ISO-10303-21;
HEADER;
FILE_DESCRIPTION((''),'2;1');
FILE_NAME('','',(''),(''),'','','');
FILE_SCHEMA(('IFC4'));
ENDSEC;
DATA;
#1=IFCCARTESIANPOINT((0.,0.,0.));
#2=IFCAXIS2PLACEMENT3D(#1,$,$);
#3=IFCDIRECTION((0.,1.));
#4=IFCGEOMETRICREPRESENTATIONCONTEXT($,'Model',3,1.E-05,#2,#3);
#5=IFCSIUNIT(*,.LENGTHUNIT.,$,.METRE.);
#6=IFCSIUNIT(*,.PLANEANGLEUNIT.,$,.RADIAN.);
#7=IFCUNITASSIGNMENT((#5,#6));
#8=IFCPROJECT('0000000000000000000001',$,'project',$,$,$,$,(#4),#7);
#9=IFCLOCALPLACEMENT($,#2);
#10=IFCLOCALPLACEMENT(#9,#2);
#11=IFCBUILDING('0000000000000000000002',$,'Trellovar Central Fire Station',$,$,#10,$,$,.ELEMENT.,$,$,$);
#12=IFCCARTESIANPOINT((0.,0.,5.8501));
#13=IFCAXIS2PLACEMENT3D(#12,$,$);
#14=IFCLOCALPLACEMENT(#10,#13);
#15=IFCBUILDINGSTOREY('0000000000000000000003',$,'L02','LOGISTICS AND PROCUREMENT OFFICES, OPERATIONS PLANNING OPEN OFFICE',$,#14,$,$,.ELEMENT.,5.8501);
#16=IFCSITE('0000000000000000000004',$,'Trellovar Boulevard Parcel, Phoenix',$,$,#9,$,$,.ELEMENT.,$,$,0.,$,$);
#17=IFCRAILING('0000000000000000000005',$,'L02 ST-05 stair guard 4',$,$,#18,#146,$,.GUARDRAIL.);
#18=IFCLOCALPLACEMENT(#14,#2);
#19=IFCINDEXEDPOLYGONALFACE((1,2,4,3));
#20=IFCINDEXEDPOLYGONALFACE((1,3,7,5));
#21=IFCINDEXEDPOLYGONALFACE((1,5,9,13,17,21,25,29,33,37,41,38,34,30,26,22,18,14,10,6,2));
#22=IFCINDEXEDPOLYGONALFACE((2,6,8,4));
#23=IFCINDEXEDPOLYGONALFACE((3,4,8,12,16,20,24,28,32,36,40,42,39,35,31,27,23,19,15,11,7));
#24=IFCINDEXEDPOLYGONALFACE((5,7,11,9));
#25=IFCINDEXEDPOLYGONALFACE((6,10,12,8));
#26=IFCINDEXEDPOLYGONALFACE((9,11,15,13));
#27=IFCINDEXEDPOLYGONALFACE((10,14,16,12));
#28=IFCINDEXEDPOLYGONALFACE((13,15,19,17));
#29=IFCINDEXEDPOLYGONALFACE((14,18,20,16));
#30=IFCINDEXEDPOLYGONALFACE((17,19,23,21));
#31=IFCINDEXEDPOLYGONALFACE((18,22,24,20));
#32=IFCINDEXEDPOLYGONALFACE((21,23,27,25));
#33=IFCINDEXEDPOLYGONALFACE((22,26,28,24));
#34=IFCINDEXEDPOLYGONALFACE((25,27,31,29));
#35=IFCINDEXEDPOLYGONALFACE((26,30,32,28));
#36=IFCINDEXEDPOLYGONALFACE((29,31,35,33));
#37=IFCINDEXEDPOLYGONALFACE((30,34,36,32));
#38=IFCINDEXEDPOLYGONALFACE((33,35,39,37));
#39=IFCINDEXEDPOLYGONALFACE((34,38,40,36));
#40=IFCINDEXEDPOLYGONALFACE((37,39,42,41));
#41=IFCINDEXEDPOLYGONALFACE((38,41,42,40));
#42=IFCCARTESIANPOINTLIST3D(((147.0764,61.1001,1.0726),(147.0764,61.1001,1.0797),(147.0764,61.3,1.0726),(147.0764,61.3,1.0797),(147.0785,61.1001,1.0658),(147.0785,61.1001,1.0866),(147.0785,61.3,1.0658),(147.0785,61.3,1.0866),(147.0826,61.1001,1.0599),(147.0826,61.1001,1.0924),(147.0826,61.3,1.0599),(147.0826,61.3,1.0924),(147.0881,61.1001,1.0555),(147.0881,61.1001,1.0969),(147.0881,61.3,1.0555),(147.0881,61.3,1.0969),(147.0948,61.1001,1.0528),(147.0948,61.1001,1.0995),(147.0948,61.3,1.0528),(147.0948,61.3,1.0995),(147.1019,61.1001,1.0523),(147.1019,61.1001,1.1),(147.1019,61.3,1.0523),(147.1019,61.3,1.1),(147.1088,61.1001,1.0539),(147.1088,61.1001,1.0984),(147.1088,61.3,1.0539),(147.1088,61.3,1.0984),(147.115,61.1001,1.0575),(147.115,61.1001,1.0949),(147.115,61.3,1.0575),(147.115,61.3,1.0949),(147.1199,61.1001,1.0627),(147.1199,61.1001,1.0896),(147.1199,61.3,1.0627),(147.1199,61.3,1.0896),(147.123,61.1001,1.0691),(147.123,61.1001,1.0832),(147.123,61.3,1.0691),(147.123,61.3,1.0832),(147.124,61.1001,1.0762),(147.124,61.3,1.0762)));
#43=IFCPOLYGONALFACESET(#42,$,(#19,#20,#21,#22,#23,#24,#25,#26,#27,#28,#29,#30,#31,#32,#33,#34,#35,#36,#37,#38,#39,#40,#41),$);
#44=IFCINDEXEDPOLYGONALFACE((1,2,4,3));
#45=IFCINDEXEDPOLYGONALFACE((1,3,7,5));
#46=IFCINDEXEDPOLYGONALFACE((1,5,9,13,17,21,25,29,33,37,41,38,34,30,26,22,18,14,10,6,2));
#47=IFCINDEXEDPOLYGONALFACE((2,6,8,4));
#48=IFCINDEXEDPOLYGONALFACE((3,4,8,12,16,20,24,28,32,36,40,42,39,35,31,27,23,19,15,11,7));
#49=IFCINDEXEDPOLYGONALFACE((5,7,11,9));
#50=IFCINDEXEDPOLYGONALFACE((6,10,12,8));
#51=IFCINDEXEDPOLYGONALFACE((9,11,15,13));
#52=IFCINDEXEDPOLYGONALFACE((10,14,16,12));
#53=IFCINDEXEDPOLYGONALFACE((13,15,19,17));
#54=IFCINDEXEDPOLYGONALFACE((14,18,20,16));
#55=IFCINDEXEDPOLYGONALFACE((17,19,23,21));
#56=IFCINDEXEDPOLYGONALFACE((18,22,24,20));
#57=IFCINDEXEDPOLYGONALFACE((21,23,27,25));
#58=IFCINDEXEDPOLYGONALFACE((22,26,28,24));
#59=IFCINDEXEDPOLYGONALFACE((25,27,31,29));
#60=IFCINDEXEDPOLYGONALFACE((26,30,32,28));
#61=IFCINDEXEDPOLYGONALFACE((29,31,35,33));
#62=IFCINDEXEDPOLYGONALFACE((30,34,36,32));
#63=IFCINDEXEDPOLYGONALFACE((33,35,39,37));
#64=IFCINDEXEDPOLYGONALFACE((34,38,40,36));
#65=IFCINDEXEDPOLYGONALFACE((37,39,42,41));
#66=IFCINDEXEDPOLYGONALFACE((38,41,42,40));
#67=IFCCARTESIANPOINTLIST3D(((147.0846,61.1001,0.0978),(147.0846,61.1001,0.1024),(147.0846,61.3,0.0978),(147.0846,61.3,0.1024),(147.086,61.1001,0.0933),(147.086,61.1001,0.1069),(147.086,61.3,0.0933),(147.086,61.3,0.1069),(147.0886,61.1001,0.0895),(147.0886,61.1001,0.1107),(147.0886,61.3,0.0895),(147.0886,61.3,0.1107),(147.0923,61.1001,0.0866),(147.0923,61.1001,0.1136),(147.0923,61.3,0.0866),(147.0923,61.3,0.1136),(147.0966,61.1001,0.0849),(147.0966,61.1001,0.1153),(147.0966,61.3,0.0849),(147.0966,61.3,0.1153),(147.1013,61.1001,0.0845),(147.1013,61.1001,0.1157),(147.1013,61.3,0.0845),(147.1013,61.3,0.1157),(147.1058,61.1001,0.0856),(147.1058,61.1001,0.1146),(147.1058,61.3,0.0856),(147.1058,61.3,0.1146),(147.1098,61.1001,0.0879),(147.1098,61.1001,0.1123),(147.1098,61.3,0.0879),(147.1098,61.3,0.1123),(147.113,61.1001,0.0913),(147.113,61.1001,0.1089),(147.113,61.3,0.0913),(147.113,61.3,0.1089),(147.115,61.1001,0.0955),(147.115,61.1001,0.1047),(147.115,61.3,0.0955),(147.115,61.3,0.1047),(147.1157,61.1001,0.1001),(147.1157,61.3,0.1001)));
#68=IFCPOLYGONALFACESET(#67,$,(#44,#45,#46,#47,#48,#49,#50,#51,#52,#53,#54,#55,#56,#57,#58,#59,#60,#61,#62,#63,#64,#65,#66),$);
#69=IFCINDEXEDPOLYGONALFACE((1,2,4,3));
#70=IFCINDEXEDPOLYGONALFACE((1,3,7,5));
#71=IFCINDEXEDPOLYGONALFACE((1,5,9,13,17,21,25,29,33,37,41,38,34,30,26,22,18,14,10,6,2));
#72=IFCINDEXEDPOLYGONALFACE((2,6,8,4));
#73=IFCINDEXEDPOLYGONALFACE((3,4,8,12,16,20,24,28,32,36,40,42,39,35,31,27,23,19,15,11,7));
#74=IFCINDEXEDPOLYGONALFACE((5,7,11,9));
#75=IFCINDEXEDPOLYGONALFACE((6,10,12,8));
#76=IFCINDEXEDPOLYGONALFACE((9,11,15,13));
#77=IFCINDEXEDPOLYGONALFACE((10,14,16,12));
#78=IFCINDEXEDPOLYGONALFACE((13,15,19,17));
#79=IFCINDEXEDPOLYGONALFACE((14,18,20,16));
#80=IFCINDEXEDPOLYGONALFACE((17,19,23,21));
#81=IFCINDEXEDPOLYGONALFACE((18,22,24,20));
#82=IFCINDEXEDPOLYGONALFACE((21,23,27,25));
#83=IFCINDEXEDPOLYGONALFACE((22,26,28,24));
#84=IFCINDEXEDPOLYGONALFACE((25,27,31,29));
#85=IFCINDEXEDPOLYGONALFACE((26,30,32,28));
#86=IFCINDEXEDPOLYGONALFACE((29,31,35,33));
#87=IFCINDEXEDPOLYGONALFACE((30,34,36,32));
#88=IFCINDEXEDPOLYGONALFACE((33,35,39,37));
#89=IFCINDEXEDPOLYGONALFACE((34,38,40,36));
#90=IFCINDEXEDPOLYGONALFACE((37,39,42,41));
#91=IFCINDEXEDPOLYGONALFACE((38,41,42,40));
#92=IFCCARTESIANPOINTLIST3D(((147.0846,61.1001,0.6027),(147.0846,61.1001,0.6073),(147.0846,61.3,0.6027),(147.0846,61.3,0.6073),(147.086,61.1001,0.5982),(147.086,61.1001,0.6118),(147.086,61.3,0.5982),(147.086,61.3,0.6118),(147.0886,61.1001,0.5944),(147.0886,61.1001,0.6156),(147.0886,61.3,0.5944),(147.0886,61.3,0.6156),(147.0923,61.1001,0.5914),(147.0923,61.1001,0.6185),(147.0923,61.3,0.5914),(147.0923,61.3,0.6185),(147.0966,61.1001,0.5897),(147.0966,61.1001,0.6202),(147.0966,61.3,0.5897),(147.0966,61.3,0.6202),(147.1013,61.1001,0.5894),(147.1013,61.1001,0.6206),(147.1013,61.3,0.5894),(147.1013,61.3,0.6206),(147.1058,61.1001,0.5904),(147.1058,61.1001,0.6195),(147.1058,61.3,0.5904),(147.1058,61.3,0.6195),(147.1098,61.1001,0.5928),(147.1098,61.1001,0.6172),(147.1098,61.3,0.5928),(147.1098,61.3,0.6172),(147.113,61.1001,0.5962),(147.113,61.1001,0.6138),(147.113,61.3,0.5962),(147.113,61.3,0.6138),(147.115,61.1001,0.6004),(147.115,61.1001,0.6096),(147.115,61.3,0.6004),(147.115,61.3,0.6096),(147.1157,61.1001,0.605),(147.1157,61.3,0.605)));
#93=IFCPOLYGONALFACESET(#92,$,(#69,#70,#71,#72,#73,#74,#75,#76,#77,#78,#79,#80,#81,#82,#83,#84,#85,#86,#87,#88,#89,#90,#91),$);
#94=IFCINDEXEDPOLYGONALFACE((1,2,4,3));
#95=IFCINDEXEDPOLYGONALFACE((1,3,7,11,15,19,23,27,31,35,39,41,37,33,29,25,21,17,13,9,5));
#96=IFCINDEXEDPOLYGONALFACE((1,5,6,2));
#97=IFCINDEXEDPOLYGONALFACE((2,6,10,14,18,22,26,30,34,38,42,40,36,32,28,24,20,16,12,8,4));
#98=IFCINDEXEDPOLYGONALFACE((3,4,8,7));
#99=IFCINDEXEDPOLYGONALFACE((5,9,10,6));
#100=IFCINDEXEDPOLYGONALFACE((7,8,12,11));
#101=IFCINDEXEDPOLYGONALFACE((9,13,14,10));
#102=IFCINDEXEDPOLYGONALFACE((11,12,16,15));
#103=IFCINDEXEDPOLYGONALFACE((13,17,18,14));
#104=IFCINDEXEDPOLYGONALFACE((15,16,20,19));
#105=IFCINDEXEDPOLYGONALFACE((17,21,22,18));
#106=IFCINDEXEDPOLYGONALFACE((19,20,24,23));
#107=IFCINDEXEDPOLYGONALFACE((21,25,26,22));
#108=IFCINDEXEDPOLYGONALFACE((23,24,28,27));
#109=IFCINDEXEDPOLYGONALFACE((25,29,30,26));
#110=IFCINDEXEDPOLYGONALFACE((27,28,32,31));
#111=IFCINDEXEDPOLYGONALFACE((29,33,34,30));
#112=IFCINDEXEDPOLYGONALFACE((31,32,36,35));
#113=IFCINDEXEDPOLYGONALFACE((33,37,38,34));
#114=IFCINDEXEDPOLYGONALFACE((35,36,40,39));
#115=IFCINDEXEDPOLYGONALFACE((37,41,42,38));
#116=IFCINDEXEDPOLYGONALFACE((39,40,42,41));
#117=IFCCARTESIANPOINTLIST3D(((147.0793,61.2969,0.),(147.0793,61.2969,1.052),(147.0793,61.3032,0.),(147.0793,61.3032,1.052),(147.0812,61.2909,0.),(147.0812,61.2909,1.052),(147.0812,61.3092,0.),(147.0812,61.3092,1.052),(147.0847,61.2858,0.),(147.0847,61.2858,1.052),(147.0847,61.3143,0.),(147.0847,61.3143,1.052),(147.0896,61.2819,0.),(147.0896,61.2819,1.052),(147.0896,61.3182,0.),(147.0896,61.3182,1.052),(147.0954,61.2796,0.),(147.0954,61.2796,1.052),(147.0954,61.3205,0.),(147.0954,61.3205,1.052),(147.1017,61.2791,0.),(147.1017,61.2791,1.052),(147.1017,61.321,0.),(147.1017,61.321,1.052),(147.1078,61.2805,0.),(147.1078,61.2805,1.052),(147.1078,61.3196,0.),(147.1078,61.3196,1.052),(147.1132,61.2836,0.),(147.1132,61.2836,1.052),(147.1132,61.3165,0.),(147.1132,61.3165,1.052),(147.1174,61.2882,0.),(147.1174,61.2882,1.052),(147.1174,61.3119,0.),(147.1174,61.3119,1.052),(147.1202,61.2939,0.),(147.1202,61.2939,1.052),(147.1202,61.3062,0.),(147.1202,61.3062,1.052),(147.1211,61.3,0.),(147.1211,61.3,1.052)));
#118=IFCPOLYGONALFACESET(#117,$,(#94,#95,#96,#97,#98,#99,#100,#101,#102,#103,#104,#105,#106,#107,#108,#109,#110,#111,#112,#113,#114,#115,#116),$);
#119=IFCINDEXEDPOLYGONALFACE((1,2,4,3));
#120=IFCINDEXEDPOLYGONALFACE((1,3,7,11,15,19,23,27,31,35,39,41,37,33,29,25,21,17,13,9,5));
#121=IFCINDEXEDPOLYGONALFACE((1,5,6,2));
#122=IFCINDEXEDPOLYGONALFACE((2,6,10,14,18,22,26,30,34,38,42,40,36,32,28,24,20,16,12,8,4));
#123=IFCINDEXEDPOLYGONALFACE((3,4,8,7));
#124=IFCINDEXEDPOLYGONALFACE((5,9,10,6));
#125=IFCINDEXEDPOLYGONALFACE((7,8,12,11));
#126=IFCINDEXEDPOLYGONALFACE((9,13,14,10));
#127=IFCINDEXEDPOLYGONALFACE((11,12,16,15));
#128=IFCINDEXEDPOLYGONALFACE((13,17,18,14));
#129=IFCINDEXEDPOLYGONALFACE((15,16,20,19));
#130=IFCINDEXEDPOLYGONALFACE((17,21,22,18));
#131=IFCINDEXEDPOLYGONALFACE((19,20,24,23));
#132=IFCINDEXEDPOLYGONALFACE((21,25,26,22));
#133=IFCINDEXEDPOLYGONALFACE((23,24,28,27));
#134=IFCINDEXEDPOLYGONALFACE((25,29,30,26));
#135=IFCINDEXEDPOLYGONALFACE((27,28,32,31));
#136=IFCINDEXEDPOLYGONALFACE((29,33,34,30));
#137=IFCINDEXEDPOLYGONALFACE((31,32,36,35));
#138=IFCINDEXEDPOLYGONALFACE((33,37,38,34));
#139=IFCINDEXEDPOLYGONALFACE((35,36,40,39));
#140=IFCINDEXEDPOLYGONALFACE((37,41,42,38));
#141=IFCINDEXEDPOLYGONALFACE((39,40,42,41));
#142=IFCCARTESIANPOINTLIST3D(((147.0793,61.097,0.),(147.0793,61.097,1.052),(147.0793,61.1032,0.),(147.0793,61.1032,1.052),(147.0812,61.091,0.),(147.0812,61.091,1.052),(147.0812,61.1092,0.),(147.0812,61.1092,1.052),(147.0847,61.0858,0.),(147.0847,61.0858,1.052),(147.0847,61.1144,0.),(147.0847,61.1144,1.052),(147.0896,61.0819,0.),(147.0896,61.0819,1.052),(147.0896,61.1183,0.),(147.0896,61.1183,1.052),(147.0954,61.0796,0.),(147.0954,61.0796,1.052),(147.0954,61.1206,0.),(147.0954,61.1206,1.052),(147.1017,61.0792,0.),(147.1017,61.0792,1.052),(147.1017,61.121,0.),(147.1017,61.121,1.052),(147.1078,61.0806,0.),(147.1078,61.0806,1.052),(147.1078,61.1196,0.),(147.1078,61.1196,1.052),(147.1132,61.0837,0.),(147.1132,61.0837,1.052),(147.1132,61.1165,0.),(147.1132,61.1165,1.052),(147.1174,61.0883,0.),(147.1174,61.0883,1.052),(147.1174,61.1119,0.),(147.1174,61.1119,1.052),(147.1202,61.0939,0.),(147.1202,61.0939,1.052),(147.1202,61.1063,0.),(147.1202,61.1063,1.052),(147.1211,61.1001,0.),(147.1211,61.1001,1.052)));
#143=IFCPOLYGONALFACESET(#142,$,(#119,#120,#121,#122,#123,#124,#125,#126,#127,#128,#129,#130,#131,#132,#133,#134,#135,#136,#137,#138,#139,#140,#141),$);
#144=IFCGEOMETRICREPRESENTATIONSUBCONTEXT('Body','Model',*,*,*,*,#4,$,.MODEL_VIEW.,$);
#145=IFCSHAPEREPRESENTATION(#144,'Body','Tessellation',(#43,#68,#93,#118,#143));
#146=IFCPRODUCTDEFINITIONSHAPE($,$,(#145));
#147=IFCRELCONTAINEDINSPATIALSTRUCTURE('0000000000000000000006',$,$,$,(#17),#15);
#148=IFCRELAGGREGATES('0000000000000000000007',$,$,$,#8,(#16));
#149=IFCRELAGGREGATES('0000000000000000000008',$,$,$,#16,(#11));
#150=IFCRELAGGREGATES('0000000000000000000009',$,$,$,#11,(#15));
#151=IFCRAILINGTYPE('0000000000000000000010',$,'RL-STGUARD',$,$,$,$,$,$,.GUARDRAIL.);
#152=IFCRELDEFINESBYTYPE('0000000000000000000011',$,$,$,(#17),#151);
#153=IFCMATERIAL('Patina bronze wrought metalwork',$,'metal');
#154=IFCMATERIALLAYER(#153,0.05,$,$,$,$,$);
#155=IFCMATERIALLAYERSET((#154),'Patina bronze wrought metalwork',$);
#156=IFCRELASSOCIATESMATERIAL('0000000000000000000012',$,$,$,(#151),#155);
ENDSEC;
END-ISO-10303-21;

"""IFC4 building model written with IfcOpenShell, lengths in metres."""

from ifc_helpers import new_model, si_unit, direction, frame, origin, origin_2d, place, context, subcontext, project, spatial, circle, extrude, material, layer, layer_set, type_object, element, save


model = new_model("IFC4")

# Units and contexts
model_context = context("Model", 3, precision=1e-05, world=origin(), true_north=direction((0.0, 1.0)))
body_context = subcontext(model_context, "Body", "Model", "MODEL_VIEW")
ifc_project = project(units=[si_unit("LENGTHUNIT", "METRE"), si_unit("PLANEANGLEUNIT", "RADIAN")], contexts=[model_context])

# Site, building, storey
site_placement = place(None, origin())
site = spatial("IfcSite", under=ifc_project, at=site_placement, Name="Trellovar Boulevard Parcel, Phoenix", CompositionType="ELEMENT", RefElevation=0.0)
building_placement = place(site_placement, origin())
building = spatial("IfcBuilding", under=site, at=building_placement, Name="Trellovar Central Fire Station", CompositionType="ELEMENT")
storey_placement = place(building_placement, frame((0.0, 0.0, 5.8501)))
storey = spatial("IfcBuildingStorey", under=building, at=storey_placement, Name="L02", Description="LOGISTICS AND PROCUREMENT OFFICES, OPERATIONS PLANNING OPEN OFFICE", CompositionType="ELEMENT", Elevation=5.8501)

# Railing
ifc_material_1 = material(Name="Patina bronze wrought metalwork", Category="metal")
ifc_layer_1 = layer(ifc_material_1, 0.05)
ifc_layer_set_1 = layer_set([ifc_layer_1], Name="Patina bronze wrought metalwork")
railing_type = type_object("IfcRailingType", Name="RL-STGUARD", PredefinedType="GUARDRAIL", material=ifc_layer_set_1)
railing_placement = place(storey_placement, frame((147.1001, 61.3, 0.0)))
element("IfcRailing", 1, at=railing_placement, inside=storey, type_object=railing_type, Name="L02 ST-05 stair guard 4", PredefinedType="GUARDRAIL", context=body_context, shape_type="SweptSolid", body=[
    extrude(circle(Radius=0.0239, at=origin_2d()), frame((0.0, 0.0, 1.0762), z_axis=(0.0, -1.0, 0.0), x_axis=(1.0, 0.0, 0.0)), (0.0, 0.0, 1.0), 0.2),
    extrude(circle(Radius=0.0156, at=origin_2d()), frame((0.0, 0.0, 0.1001), z_axis=(0.0, -1.0, 0.0), x_axis=(1.0, 0.0, 0.0)), (0.0, 0.0, 1.0), 0.2),
    extrude(circle(Radius=0.0156, at=origin_2d()), frame((0.0, 0.0, 0.605), z_axis=(0.0, -1.0, 0.0), x_axis=(1.0, 0.0, 0.0)), (0.0, 0.0, 1.0), 0.2),
    extrude(circle(Radius=0.021, at=origin_2d()), origin(), (0.0, 0.0, 1.0), 1.052),
    extrude(circle(Radius=0.021, at=origin_2d()), frame((0.0, -0.2, 0.0)), (0.0, 0.0, 1.0), 1.052),
])

save(model, "model.ifc")
